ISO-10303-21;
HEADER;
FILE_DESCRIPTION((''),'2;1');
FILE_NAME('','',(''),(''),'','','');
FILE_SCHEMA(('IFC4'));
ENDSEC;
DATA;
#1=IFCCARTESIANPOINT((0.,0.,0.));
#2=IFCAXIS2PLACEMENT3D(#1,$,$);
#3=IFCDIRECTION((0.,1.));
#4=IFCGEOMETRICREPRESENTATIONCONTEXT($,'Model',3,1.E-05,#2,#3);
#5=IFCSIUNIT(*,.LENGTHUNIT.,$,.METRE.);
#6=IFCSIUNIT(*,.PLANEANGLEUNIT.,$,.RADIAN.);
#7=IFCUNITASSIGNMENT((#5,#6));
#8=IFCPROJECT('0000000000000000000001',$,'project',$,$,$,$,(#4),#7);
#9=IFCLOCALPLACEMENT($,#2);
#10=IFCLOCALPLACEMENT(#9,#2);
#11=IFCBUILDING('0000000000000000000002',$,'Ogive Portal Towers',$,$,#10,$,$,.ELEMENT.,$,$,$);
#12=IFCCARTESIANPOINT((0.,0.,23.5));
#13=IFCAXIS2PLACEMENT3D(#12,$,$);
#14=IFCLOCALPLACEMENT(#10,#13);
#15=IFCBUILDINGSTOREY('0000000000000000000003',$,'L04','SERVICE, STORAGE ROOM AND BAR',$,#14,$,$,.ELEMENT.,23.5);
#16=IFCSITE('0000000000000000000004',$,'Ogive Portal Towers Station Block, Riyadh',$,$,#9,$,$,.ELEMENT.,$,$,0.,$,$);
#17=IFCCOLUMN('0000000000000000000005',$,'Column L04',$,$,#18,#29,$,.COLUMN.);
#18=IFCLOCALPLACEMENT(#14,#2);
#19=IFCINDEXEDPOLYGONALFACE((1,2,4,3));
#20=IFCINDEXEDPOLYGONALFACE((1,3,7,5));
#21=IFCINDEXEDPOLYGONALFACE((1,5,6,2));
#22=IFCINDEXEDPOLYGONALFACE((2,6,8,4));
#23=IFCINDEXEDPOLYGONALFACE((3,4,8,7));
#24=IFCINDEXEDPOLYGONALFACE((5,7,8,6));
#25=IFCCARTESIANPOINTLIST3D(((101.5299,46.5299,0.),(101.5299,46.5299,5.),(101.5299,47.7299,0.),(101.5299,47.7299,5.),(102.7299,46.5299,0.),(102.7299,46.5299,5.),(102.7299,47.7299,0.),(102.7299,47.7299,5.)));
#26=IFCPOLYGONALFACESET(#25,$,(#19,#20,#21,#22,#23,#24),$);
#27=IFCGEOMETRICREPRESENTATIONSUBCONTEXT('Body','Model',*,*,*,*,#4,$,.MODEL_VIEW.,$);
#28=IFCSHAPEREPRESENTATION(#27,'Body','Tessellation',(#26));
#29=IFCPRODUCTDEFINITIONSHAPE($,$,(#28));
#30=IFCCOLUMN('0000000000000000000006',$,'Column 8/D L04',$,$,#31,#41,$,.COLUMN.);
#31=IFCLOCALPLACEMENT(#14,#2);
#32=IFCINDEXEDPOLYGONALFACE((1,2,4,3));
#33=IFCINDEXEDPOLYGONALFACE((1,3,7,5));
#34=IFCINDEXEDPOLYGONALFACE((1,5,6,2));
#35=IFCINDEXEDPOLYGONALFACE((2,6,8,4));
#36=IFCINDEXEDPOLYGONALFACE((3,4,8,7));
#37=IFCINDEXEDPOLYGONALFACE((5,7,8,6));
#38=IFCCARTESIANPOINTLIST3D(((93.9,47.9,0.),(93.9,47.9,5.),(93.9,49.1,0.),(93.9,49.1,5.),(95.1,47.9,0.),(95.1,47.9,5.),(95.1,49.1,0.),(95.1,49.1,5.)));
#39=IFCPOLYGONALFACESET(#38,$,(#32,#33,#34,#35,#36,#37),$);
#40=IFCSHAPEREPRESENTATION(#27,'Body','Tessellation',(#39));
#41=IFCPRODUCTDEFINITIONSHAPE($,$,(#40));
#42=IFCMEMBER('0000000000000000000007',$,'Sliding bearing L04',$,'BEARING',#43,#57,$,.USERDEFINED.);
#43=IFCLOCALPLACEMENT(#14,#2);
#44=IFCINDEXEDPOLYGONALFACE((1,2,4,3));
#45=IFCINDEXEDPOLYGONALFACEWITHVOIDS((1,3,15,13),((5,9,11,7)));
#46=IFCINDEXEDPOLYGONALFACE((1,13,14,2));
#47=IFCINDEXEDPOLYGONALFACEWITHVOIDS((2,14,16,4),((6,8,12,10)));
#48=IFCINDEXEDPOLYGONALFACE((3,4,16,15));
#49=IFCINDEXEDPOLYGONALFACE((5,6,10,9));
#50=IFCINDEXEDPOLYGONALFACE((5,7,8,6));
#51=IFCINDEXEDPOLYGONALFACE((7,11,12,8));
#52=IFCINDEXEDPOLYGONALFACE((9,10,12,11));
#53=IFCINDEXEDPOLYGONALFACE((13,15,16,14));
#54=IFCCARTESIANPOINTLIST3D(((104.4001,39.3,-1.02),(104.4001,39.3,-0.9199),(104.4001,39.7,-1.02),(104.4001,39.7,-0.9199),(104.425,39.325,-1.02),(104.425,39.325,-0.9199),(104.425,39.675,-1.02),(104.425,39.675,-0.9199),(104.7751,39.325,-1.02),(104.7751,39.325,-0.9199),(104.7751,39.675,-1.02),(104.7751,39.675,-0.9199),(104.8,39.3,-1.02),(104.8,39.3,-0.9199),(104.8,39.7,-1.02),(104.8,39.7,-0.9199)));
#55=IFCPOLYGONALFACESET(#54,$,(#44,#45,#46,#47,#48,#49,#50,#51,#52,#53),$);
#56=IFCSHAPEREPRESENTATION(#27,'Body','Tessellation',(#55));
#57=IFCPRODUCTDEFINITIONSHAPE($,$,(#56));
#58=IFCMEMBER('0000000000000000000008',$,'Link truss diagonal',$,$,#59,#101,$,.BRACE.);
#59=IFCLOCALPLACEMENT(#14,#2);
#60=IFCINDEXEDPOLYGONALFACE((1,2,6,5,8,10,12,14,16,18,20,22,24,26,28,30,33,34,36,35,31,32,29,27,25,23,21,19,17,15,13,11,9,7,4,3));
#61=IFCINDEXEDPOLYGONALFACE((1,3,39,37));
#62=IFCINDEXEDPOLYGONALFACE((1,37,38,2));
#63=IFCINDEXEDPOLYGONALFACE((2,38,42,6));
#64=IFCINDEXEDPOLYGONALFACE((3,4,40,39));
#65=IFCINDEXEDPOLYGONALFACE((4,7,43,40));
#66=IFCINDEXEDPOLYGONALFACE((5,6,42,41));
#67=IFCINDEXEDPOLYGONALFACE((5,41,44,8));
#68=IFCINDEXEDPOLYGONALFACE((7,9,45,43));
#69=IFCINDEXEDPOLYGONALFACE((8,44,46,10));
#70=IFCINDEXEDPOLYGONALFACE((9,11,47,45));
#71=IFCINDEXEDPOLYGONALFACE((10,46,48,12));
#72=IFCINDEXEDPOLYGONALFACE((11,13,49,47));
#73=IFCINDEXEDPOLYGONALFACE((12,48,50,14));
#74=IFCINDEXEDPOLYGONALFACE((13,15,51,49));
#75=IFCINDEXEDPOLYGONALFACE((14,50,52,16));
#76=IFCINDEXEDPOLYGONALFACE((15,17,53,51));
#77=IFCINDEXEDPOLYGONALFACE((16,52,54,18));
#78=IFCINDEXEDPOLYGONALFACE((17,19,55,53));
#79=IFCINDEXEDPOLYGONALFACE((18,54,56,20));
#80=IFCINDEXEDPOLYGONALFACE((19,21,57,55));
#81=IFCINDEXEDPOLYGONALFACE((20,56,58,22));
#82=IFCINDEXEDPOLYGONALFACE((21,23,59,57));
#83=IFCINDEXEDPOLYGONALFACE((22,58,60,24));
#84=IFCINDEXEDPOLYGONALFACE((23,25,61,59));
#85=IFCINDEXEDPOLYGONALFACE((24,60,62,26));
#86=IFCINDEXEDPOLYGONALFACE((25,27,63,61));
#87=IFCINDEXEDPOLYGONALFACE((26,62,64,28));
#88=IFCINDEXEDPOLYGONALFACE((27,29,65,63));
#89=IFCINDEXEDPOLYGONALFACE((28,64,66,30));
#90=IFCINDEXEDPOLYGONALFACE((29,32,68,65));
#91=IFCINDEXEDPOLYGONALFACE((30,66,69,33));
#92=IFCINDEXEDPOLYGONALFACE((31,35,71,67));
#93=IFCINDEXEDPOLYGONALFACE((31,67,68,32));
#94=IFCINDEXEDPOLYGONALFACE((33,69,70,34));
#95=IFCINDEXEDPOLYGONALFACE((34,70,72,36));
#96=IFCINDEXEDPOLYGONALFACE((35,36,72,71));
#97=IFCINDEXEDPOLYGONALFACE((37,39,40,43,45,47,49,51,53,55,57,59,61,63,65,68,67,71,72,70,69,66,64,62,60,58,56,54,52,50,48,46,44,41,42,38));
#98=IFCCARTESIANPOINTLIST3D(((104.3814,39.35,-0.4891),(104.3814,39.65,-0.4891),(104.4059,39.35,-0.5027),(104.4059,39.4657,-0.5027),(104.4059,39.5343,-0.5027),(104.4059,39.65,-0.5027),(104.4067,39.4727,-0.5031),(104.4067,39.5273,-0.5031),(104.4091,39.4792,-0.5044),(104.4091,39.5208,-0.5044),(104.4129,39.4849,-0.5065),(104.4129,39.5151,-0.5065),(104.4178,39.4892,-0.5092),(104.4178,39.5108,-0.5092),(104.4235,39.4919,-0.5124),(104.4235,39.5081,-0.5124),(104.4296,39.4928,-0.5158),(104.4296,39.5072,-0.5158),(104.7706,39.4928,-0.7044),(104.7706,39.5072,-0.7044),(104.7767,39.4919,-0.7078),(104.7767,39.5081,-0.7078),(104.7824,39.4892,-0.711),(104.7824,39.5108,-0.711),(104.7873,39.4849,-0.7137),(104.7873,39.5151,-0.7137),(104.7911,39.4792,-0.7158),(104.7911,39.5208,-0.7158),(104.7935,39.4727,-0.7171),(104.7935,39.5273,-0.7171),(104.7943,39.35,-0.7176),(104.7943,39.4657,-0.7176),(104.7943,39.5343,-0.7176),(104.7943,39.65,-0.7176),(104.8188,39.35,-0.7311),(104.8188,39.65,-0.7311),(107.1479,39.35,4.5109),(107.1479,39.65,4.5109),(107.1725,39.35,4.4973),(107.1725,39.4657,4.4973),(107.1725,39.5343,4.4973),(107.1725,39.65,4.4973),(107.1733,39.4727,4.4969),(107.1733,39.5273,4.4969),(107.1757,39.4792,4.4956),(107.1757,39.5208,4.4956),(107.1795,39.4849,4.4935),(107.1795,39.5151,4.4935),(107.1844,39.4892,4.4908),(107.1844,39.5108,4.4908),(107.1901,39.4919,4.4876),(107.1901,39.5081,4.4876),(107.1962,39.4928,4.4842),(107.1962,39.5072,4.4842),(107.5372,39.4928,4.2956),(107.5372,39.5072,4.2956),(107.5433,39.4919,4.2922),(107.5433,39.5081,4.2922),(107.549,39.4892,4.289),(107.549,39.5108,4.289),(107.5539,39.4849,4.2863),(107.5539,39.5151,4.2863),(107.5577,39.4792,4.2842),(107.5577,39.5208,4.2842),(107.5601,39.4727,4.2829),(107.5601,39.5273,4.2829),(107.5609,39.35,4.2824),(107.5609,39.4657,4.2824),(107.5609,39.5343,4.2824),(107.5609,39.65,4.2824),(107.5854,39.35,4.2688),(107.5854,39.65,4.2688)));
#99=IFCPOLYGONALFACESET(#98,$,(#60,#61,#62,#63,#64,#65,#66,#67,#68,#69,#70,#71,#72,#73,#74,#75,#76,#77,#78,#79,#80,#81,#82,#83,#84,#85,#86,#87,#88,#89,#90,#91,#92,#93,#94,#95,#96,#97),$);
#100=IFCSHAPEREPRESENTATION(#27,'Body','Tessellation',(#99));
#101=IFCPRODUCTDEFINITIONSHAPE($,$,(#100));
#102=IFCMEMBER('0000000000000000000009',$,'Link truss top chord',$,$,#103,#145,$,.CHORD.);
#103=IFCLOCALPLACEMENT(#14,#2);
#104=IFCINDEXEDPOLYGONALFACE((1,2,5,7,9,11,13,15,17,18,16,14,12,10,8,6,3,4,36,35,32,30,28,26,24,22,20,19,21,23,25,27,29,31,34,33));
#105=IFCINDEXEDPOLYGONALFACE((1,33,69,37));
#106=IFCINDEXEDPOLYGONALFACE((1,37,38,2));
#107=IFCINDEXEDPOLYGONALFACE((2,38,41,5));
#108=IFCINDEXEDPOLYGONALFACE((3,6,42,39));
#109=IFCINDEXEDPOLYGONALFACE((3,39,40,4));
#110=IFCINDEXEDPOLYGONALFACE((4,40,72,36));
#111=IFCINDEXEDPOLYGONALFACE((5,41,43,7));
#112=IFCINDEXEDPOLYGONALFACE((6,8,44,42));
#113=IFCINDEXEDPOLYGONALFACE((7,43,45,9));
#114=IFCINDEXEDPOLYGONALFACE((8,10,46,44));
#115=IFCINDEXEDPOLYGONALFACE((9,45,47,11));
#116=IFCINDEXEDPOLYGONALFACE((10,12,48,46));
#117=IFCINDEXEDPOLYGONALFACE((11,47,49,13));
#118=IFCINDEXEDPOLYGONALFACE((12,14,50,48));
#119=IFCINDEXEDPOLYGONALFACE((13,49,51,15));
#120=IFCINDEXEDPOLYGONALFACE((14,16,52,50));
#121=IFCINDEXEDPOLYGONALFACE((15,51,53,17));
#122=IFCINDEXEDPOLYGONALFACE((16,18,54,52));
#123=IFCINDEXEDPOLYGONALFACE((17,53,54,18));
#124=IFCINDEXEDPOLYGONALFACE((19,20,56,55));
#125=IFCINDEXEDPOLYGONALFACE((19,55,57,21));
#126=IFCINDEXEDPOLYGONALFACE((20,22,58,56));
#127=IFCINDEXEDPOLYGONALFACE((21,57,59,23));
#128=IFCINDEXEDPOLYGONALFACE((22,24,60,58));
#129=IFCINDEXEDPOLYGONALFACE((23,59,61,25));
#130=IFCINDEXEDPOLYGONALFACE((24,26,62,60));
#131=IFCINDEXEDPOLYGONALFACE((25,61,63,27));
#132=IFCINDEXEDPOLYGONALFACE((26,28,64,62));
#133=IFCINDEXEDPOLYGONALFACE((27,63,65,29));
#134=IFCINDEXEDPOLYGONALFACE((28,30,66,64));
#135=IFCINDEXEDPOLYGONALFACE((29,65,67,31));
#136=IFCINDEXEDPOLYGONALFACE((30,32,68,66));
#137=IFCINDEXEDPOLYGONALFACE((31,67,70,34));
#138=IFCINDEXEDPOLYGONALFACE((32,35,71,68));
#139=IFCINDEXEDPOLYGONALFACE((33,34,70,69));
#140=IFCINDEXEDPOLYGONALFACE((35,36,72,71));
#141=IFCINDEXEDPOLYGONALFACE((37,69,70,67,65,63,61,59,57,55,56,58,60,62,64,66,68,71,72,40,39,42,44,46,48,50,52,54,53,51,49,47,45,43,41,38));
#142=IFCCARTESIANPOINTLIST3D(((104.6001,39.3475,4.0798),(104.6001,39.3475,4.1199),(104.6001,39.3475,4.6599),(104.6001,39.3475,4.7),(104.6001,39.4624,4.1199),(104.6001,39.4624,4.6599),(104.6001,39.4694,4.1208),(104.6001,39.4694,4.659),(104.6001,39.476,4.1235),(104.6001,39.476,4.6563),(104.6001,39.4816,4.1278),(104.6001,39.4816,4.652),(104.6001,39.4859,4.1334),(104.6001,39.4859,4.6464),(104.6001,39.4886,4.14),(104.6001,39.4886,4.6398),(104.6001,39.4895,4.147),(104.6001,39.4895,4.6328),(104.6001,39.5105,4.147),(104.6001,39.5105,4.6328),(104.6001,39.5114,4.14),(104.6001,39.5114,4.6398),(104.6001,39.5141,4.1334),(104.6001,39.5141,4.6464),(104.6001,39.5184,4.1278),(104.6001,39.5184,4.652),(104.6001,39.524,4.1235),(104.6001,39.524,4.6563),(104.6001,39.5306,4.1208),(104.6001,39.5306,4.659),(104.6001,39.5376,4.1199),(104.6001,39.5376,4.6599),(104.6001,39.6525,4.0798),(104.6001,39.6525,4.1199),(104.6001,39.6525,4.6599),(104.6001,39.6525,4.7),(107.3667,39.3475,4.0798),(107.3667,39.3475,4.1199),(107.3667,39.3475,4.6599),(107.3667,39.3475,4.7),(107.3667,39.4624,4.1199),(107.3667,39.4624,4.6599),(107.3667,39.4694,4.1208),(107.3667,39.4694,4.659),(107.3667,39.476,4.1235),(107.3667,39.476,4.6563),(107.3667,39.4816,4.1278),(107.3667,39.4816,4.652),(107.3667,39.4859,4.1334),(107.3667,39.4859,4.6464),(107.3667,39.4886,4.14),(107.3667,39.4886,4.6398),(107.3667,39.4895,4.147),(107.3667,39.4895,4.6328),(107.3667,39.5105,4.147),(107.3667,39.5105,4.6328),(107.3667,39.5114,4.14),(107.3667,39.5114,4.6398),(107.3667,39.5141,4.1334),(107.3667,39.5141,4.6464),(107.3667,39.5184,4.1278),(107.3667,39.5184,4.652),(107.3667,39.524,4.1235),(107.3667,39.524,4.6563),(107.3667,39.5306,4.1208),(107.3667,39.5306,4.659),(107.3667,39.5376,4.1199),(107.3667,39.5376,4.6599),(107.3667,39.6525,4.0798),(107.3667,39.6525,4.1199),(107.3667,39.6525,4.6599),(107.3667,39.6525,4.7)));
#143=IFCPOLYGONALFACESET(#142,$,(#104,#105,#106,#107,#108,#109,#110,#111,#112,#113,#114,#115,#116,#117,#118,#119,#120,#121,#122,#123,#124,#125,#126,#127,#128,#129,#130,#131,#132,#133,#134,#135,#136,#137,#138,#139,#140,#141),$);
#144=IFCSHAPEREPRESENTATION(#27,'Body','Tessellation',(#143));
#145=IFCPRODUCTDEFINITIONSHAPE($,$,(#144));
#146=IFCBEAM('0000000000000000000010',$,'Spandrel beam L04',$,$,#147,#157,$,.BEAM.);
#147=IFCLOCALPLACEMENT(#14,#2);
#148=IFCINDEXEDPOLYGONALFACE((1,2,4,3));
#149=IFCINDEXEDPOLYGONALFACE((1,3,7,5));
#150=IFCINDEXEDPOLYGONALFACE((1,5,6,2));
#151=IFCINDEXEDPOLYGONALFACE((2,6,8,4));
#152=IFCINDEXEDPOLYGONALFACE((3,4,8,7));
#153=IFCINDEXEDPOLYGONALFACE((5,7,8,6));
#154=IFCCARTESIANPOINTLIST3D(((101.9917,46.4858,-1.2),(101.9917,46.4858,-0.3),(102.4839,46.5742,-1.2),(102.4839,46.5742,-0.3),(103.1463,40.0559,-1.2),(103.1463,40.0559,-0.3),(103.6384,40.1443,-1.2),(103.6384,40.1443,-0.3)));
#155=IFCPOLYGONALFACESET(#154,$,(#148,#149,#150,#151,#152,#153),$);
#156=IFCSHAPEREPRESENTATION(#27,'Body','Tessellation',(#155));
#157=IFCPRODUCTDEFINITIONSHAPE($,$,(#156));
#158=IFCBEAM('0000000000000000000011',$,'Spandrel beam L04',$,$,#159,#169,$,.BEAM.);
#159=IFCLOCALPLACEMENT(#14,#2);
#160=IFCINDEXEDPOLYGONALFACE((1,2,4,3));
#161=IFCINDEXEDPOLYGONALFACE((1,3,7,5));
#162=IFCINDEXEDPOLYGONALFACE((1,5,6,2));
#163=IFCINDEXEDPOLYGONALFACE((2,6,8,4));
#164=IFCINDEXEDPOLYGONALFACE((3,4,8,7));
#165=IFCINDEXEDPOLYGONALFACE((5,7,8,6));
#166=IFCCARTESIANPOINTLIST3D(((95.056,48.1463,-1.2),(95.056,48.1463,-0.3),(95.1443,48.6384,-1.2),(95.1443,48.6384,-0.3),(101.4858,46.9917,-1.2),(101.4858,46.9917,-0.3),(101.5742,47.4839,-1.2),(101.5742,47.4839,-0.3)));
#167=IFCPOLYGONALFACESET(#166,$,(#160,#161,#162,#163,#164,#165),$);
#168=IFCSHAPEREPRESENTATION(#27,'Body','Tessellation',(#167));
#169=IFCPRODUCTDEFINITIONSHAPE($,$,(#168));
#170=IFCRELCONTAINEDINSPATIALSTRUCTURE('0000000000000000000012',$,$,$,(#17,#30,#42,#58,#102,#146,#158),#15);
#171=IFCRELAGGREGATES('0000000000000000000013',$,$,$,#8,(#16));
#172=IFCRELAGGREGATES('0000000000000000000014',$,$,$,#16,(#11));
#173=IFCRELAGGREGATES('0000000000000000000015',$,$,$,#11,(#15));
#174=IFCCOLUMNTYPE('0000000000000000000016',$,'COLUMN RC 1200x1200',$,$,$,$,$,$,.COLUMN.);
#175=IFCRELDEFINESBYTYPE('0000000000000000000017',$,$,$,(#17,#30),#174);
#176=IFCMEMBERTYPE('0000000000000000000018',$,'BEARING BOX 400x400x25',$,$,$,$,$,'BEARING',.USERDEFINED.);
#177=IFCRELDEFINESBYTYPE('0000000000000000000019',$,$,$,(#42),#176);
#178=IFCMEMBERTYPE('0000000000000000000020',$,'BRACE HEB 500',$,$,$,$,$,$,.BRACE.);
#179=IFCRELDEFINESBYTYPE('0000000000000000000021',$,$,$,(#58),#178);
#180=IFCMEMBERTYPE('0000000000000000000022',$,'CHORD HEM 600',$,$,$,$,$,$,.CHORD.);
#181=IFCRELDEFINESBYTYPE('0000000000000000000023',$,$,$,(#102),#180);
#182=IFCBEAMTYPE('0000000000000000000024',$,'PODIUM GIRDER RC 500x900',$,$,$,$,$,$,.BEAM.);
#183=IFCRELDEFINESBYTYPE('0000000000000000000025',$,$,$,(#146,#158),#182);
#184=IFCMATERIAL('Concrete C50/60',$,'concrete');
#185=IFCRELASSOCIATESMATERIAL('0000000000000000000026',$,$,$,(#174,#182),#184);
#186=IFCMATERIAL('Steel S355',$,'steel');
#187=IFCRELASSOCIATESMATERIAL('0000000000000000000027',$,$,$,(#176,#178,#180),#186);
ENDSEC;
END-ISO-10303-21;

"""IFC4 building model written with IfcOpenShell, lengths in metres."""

from ifc_helpers import new_model, si_unit, direction, frame, origin, origin_2d, place, context, subcontext, project, spatial, rectangle, hollow_rectangle, i_section, extrude, material, material_profile, profile_set, type_object, element, save


model = new_model("IFC4")

# Units and contexts
model_context = context("Model", 3, precision=1e-05, world=origin(), true_north=direction((0.0, 1.0)))
body_context = subcontext(model_context, "Body", "Model", "MODEL_VIEW")
ifc_project = project(units=[si_unit("LENGTHUNIT", "METRE"), si_unit("PLANEANGLEUNIT", "RADIAN")], contexts=[model_context])

# Site, building, storey
site_placement = place(None, origin())
site = spatial("IfcSite", under=ifc_project, at=site_placement, Name="Ogive Portal Towers Station Block, Riyadh", CompositionType="ELEMENT", RefElevation=0.0)
building_placement = place(site_placement, origin())
building = spatial("IfcBuilding", under=site, at=building_placement, Name="Ogive Portal Towers", CompositionType="ELEMENT")
storey_placement = place(building_placement, frame((0.0, 0.0, 23.5)))
storey = spatial("IfcBuildingStorey", under=building, at=storey_placement, Name="L04", Description="SERVICE, STORAGE ROOM AND BAR", CompositionType="ELEMENT", Elevation=23.5)

# Columns
ifc_material_1 = material(Name="Concrete C50/60", Category="concrete")
ifc_material_profile_1 = material_profile(ifc_material_1, rectangle(XDim=1.2, YDim=1.2, at=origin_2d()), Name="RC 1200x1200")
ifc_profile_set_1 = profile_set([ifc_material_profile_1], Name="Concrete C50/60")
column_type = type_object("IfcColumnType", Name="COLUMN RC 1200x1200", PredefinedType="COLUMN", material=ifc_profile_set_1)
for number, where, z_axis, x_axis, name in (
    (1, (102.1299, 47.1299, 0.0), (0.0, 0.0, 1.0), (1.0, 0.0, 0.0), "Column L04"),
    (2, (94.5, 48.5, 0.0), (0.0, 0.0, 1.0), (1.0, 0.0, 0.0), "Column 8/D L04"),
):
    element("IfcColumn", number, at=place(storey_placement, frame(where, z_axis=z_axis, x_axis=x_axis)), inside=storey, type_object=column_type, Name=name, PredefinedType="COLUMN", context=body_context, shape_type="SweptSolid", body=[
        extrude(rectangle(XDim=1.2, YDim=1.2, at=origin_2d()), origin(), (0.0, 0.0, 1.0), 5.0),
    ])

# Members
ifc_material_2 = material(Name="Steel S355", Category="steel")
ifc_material_profile_2 = material_profile(ifc_material_2, hollow_rectangle(XDim=0.3999, YDim=0.3999, WallThickness=0.0249, at=origin_2d()), Name="BOX 400x400x25")
ifc_profile_set_2 = profile_set([ifc_material_profile_2], Name="Steel S355")
member_type_1 = type_object("IfcMemberType", Name="BEARING BOX 400x400x25", ElementType="BEARING", PredefinedType="USERDEFINED", material=ifc_profile_set_2)
member_1_placement = place(storey_placement, frame((104.6001, 39.5, -1.02), z_axis=(0.0, 0.0, 1.0), x_axis=(1.0, 0.0, 0.0)))
element("IfcMember", 3, at=member_1_placement, inside=storey, type_object=member_type_1, Name="Sliding bearing L04", ObjectType="BEARING", PredefinedType="USERDEFINED", context=body_context, shape_type="SweptSolid", body=[
    extrude(hollow_rectangle(XDim=0.3999, YDim=0.3999, WallThickness=0.0249, at=origin_2d()), origin(), (0.0, 0.0, 1.0), 0.1001),
])
ifc_material_profile_3 = material_profile(ifc_material_2, i_section(OverallWidth=0.3, OverallDepth=0.5, WebThickness=0.0144, FlangeThickness=0.0281, FilletRadius=0.0271, at=origin_2d()), Name="HEB 500")
ifc_profile_set_3 = profile_set([ifc_material_profile_3], Name="Steel S355")
member_type_2 = type_object("IfcMemberType", Name="BRACE HEB 500", PredefinedType="BRACE", material=ifc_profile_set_3)
member_2_placement = place(storey_placement, frame((104.6001, 39.5, -0.6101), z_axis=(0.484148, 0.0, 0.874986), x_axis=(0.0, 1.0, 0.0)))
element("IfcMember", 4, at=member_2_placement, inside=storey, type_object=member_type_2, Name="Link truss diagonal", PredefinedType="BRACE", context=body_context, shape_type="SweptSolid", body=[
    extrude(i_section(OverallWidth=0.3, OverallDepth=0.5, WebThickness=0.0144, FlangeThickness=0.0281, FilletRadius=0.0271, at=origin_2d()), origin(), (0.0, 0.0, 1.0), 5.7144),
])
ifc_material_profile_4 = material_profile(ifc_material_2, i_section(OverallWidth=0.3049, OverallDepth=0.6201, WebThickness=0.021, FlangeThickness=0.04, FilletRadius=0.0271, at=origin_2d()), Name="HEM 600")
ifc_profile_set_4 = profile_set([ifc_material_profile_4], Name="Steel S355")
member_type_3 = type_object("IfcMemberType", Name="CHORD HEM 600", PredefinedType="CHORD", material=ifc_profile_set_4)
member_3_placement = place(storey_placement, frame((104.6001, 39.5, 4.3899), z_axis=(1.0, 0.0, 0.0), x_axis=(0.0, 1.0, 0.0)))
element("IfcMember", 5, at=member_3_placement, inside=storey, type_object=member_type_3, Name="Link truss top chord", PredefinedType="CHORD", context=body_context, shape_type="SweptSolid", body=[
    extrude(i_section(OverallWidth=0.3049, OverallDepth=0.6201, WebThickness=0.021, FlangeThickness=0.04, FilletRadius=0.0271, at=origin_2d()), origin(), (0.0, 0.0, 1.0), 2.7666),
])

# Beams
ifc_material_profile_5 = material_profile(ifc_material_1, rectangle(XDim=0.5, YDim=0.8999, at=origin_2d()), Name="RC 500x900")
ifc_profile_set_5 = profile_set([ifc_material_profile_5], Name="Concrete C50/60")
beam_type_1 = type_object("IfcBeamType", Name="PODIUM GIRDER RC 500x900", PredefinedType="BEAM", material=ifc_profile_set_5)
for number, where, z_axis, x_axis, name in (
    (6, (103.3923, 40.1001, -0.75), (-0.176731, 0.984259, 0.0), (-0.984259, -0.176731, 0.0), "Spandrel beam L04"),
    (7, (101.53, 47.2378, -0.75), (-0.984259, 0.176731, 0.0), (-0.176731, -0.984259, 0.0), "Spandrel beam L04"),
):
    element("IfcBeam", number, at=place(storey_placement, frame(where, z_axis=z_axis, x_axis=x_axis)), inside=storey, type_object=beam_type_1, Name=name, PredefinedType="BEAM", context=body_context, shape_type="SweptSolid", body=[
        extrude(rectangle(XDim=0.5, YDim=0.8999, at=origin_2d()), origin(), (0.0, 0.0, 1.0), 6.5327),
    ])

save(model, "model.ifc")
